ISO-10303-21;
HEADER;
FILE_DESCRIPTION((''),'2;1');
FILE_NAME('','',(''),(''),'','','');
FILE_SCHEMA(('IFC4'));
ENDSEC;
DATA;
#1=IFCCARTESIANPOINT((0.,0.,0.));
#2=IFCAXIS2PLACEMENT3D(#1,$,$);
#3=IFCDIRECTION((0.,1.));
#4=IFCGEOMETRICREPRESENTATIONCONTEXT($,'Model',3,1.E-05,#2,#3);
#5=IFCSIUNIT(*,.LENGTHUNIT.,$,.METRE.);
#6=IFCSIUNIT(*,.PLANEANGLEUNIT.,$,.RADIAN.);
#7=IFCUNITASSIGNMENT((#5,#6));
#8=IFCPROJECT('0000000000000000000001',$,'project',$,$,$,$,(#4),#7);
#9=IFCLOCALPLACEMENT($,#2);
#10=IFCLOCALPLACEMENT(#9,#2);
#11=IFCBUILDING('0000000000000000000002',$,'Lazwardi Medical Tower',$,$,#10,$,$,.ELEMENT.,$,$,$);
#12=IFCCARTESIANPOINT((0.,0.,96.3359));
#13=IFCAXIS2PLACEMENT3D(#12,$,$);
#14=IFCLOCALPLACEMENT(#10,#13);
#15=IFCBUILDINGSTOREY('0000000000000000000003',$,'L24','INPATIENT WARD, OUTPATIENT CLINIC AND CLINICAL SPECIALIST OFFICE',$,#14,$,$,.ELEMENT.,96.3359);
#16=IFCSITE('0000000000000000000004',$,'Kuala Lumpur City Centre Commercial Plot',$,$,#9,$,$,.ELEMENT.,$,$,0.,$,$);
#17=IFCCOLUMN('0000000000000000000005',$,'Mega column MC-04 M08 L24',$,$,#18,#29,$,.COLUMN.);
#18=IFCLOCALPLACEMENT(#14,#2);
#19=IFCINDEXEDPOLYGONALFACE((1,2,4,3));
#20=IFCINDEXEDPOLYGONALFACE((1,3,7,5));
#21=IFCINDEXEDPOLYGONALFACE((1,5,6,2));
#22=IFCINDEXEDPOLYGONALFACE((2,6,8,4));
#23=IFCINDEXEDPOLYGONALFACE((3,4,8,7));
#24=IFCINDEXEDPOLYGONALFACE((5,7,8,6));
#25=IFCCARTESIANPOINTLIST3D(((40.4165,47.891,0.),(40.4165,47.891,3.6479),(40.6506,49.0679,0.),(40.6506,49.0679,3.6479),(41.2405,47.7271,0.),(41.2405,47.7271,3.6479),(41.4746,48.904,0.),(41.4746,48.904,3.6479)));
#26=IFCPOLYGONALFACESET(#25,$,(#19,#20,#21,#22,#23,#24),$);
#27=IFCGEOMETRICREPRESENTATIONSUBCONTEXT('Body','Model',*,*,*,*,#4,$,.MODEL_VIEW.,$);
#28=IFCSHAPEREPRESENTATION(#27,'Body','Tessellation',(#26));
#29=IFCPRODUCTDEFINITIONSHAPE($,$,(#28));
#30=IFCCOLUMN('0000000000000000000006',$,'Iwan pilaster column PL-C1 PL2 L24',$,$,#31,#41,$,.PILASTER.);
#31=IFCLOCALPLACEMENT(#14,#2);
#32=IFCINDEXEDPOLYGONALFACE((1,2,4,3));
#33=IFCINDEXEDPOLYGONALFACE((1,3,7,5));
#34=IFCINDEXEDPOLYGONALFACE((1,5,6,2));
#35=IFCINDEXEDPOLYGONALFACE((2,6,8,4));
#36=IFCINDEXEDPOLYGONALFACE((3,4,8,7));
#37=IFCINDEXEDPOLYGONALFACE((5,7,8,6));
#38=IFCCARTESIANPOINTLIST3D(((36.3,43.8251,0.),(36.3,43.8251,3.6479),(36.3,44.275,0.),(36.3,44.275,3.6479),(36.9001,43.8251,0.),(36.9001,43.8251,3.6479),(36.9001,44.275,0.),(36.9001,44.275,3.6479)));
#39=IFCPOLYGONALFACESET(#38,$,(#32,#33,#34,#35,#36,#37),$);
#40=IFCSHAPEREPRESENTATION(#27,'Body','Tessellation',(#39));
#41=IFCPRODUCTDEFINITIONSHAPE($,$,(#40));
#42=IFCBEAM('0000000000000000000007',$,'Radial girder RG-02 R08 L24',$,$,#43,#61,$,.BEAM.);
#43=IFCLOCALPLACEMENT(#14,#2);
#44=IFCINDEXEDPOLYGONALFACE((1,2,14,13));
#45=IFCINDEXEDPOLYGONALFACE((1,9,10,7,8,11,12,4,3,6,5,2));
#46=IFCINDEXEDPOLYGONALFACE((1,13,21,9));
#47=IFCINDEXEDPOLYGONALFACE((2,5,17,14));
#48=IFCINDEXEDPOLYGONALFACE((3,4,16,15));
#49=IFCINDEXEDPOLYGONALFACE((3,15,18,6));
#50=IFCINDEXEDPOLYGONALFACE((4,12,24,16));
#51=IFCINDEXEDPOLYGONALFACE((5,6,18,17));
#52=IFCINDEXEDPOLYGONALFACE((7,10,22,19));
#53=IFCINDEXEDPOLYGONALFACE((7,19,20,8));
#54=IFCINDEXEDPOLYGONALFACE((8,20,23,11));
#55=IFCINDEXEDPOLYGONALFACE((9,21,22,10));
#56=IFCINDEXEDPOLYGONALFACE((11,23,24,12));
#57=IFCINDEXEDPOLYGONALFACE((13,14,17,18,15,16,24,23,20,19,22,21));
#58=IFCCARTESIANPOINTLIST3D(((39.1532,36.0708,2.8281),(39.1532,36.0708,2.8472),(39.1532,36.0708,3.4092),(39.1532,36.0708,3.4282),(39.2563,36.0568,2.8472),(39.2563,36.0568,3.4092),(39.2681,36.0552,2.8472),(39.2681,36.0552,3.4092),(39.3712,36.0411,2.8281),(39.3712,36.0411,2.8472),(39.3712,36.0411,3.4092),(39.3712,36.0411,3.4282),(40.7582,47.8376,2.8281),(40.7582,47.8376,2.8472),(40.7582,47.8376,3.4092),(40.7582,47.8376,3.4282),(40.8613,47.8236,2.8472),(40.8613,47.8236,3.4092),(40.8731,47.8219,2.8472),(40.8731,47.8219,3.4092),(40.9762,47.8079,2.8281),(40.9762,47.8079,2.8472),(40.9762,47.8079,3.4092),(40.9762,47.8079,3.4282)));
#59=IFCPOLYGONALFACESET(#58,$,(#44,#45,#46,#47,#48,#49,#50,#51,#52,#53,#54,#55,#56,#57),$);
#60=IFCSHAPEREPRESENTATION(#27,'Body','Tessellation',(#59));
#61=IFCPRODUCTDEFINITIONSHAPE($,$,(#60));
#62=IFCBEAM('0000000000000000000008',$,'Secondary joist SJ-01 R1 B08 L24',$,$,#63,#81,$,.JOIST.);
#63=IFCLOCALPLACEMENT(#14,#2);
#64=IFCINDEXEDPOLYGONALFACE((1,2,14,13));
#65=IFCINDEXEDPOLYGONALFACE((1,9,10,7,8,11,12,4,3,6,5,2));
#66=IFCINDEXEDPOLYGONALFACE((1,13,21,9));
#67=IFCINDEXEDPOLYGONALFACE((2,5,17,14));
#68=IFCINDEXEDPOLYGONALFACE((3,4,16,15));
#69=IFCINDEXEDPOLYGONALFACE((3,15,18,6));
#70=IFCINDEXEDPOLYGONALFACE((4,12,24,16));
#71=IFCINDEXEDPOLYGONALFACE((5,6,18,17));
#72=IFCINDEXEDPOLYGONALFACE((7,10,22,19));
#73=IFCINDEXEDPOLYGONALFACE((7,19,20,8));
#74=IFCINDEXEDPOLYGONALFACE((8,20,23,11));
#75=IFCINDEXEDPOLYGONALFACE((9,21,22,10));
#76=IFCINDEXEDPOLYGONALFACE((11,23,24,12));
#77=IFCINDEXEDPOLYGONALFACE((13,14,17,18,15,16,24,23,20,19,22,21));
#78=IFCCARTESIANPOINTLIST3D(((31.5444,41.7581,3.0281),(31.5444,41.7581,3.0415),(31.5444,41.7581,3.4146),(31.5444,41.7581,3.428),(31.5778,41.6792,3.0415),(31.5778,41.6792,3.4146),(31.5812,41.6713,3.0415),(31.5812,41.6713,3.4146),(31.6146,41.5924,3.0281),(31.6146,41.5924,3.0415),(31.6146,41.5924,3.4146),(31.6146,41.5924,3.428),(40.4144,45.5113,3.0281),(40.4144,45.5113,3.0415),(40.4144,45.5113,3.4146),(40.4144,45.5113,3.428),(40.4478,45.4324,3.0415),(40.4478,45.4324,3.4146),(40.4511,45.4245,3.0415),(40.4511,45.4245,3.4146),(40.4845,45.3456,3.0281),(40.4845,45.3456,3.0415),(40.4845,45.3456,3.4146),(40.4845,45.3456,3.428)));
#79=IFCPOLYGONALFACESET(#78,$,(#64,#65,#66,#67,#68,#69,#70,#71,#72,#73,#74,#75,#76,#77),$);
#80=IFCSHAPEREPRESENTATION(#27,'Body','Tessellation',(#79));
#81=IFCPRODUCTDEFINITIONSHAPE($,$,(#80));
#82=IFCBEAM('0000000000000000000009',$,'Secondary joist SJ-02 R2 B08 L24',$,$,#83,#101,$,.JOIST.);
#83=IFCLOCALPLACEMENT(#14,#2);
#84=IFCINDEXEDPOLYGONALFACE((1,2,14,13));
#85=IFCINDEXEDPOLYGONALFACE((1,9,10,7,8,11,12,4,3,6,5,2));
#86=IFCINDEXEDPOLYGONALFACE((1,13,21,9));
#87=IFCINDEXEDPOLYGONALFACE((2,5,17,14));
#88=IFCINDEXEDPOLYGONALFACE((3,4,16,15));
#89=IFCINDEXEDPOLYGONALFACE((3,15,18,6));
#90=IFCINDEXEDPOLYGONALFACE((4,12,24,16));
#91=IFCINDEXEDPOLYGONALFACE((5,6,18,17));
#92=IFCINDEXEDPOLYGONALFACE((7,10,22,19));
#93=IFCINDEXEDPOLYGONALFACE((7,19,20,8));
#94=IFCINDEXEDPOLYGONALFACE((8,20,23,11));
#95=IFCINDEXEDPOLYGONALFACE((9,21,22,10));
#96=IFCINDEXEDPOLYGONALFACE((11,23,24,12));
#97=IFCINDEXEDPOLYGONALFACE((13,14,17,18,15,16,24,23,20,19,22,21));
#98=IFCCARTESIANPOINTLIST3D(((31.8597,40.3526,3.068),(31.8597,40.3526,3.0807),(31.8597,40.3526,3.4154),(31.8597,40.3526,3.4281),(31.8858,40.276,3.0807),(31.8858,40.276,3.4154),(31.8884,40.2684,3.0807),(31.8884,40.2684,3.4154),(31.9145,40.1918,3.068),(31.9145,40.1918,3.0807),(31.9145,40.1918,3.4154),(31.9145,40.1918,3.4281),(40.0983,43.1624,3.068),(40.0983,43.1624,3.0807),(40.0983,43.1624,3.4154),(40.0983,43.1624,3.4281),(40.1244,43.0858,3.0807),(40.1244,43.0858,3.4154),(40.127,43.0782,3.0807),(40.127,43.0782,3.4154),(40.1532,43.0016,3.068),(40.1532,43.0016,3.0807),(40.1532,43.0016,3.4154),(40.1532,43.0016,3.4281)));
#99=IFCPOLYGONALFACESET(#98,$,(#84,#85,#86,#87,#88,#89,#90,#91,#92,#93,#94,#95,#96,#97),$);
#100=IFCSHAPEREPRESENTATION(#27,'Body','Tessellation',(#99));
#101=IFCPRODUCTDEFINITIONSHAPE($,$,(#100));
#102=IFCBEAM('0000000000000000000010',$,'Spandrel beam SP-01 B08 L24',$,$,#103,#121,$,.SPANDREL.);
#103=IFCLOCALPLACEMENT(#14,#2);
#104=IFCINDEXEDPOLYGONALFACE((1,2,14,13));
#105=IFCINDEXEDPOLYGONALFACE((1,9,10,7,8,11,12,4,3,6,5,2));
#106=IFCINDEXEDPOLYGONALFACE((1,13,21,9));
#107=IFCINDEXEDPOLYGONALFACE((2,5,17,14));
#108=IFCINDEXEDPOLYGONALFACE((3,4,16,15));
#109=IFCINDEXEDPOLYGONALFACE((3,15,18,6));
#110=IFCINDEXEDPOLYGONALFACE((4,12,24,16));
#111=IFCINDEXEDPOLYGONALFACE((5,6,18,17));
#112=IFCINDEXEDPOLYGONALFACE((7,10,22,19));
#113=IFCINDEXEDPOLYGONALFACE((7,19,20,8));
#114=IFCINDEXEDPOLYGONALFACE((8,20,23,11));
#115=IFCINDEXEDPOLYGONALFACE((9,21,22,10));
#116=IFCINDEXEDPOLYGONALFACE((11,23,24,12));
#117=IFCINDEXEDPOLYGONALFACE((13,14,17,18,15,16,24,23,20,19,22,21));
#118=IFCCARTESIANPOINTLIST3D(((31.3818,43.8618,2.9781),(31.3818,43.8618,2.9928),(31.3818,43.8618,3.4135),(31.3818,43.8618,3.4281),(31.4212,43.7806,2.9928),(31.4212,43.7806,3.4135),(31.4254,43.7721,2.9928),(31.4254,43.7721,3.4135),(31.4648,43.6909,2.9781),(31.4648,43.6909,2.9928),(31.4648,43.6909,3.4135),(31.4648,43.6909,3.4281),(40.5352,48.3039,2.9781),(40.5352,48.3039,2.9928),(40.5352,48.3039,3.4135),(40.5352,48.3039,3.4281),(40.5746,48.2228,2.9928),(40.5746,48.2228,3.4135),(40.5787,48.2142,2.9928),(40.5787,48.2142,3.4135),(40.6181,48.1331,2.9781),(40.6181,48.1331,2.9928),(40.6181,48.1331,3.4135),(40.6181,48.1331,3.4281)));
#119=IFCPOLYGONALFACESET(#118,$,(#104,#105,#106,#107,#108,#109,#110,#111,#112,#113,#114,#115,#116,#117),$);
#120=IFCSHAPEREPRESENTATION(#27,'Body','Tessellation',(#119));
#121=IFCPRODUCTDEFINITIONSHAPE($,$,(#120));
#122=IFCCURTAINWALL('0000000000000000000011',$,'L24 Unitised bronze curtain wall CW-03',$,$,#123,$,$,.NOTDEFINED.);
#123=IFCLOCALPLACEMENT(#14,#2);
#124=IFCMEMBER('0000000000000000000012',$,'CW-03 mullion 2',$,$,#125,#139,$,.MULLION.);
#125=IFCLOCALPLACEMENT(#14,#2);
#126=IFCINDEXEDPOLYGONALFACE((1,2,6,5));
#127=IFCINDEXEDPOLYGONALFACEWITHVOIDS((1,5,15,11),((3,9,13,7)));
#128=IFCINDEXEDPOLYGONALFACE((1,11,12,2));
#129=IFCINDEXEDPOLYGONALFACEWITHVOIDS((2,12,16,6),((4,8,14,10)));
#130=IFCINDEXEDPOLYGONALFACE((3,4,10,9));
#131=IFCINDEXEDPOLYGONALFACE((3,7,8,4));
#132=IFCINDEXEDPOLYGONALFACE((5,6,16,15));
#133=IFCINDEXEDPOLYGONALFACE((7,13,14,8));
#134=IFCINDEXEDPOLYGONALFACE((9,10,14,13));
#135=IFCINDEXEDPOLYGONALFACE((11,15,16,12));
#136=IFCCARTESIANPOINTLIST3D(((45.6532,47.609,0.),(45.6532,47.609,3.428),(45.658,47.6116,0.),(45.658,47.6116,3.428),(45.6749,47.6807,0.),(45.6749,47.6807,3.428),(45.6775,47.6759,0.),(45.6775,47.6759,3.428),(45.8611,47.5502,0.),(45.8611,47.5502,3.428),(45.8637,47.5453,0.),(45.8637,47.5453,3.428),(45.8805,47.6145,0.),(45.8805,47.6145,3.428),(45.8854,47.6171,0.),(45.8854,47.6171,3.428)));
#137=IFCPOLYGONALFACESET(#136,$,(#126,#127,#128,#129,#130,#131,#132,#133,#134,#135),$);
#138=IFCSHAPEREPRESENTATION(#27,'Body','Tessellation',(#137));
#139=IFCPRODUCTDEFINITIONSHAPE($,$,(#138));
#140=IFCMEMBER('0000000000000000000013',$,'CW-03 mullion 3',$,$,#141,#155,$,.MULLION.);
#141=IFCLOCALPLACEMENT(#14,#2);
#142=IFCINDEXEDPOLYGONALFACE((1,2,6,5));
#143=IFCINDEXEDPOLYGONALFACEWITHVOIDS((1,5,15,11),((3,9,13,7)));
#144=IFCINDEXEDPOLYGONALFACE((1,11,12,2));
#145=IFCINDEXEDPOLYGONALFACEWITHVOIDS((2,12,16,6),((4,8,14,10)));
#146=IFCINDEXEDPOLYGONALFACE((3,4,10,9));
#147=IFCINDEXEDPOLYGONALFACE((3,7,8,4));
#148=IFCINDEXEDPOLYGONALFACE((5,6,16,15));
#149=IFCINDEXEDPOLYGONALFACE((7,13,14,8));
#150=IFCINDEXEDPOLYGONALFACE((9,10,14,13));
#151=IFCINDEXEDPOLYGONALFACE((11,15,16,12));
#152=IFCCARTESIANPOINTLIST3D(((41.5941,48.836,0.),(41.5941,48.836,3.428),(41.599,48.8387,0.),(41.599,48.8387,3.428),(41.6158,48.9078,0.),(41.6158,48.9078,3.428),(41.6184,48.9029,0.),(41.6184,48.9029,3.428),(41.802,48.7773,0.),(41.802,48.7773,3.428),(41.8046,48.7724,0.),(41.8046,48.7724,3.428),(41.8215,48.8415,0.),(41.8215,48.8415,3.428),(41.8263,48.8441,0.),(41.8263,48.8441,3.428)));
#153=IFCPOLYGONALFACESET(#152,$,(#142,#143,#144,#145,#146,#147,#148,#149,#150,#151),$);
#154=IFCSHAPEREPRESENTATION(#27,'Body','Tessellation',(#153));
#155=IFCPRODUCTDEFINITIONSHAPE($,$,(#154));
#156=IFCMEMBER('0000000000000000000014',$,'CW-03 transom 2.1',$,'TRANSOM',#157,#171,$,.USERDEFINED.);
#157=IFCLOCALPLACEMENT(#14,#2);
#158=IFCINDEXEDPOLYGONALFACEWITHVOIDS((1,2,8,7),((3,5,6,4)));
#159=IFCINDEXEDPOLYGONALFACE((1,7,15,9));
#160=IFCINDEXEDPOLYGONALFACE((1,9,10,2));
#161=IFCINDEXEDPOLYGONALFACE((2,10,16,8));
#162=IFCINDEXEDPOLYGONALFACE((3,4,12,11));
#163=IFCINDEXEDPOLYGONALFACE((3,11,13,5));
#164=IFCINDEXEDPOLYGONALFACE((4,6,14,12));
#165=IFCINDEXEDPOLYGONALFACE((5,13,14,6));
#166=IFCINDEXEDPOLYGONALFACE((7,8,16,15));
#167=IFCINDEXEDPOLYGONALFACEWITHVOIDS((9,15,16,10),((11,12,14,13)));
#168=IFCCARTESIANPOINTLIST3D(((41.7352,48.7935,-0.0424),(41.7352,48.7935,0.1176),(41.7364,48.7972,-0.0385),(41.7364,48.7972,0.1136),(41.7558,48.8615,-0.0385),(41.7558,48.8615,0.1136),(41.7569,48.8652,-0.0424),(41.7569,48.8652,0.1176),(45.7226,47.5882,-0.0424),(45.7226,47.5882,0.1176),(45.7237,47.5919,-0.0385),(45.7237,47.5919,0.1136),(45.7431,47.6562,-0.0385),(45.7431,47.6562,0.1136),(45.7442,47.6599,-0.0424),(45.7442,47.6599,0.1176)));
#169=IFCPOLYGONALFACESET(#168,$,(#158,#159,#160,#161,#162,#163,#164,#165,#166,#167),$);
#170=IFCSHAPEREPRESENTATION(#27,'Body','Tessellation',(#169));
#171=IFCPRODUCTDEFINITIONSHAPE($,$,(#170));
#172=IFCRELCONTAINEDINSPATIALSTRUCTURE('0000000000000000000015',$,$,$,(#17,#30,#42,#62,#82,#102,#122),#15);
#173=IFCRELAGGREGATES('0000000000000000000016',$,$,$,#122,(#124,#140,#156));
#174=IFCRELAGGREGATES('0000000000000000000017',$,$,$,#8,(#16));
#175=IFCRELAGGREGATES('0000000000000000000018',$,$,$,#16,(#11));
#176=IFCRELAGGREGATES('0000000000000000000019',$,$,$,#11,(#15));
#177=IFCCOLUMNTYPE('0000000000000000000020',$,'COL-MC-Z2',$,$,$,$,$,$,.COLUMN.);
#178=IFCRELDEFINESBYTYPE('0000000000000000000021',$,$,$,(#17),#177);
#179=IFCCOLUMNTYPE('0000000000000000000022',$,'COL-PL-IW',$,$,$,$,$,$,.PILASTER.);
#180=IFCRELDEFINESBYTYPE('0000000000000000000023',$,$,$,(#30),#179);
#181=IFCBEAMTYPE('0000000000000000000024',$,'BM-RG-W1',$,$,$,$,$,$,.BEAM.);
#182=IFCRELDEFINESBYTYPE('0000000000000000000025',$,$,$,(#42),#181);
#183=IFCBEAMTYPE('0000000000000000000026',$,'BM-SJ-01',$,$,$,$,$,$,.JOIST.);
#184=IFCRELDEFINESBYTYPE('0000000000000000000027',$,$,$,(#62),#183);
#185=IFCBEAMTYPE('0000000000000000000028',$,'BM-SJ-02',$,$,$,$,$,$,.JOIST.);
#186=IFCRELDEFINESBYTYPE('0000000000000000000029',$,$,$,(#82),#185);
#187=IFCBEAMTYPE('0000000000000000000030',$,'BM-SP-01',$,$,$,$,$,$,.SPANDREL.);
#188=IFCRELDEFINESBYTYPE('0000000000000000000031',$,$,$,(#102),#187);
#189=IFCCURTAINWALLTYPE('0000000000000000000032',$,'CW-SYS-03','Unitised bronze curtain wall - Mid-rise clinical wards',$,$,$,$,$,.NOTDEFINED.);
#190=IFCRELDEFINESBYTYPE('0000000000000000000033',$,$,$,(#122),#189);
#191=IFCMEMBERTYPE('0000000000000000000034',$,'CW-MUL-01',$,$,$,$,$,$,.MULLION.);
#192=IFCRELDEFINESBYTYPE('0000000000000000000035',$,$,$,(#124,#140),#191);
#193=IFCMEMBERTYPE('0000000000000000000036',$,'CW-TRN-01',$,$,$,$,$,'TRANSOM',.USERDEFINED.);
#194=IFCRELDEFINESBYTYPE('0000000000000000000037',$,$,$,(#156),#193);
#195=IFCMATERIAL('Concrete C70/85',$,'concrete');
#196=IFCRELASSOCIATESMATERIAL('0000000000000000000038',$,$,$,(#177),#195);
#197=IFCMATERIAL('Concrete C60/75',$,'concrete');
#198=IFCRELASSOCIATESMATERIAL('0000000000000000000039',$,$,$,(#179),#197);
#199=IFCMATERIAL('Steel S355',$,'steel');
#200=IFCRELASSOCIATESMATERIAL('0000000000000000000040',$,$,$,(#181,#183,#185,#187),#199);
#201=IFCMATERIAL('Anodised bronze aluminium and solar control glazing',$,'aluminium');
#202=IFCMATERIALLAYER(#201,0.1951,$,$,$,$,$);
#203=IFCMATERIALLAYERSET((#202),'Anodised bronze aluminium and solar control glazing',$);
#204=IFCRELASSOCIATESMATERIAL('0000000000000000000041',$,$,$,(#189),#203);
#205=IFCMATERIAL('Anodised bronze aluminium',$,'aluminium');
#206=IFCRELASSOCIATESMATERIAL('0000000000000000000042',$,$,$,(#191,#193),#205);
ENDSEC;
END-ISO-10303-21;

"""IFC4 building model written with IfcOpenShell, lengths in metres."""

from ifc_helpers import new_model, si_unit, direction, frame, origin, origin_2d, place, context, subcontext, project, spatial, rectangle, hollow_rectangle, i_section, extrude, material, layer, layer_set, material_profile, profile_set, type_object, element, aggregate, save


model = new_model("IFC4")

# Units and contexts
model_context = context("Model", 3, precision=1e-05, world=origin(), true_north=direction((0.0, 1.0)))
body_context = subcontext(model_context, "Body", "Model", "MODEL_VIEW")
ifc_project = project(units=[si_unit("LENGTHUNIT", "METRE"), si_unit("PLANEANGLEUNIT", "RADIAN")], contexts=[model_context])

# Site, building, storey
site_placement = place(None, origin())
site = spatial("IfcSite", under=ifc_project, at=site_placement, Name="Kuala Lumpur City Centre Commercial Plot", CompositionType="ELEMENT", RefElevation=0.0)
building_placement = place(site_placement, origin())
building = spatial("IfcBuilding", under=site, at=building_placement, Name="Lazwardi Medical Tower", CompositionType="ELEMENT")
storey_placement = place(building_placement, frame((0.0, 0.0, 96.3359)))
storey = spatial("IfcBuildingStorey", under=building, at=storey_placement, Name="L24", Description="INPATIENT WARD, OUTPATIENT CLINIC AND CLINICAL SPECIALIST OFFICE", CompositionType="ELEMENT", Elevation=96.3359)

# Columns
ifc_material_1 = material(Name="Concrete C70/85", Category="concrete")
ifc_material_profile_1 = material_profile(ifc_material_1, rectangle(XDim=1.2, YDim=0.8401, at=origin_2d()), Name="CFT-RECT 1200x840")
ifc_profile_set_1 = profile_set([ifc_material_profile_1], Name="Concrete C70/85")
column_type_1 = type_object("IfcColumnType", Name="COL-MC-Z2", PredefinedType="COLUMN", material=ifc_profile_set_1)
column_1_placement = place(storey_placement, frame((40.9456, 48.3975, 0.0), z_axis=(0.0, 0.0, 1.0), x_axis=(0.19509, 0.980785, 0.0)))
element("IfcColumn", 1, at=column_1_placement, inside=storey, type_object=column_type_1, Name="Mega column MC-04 M08 L24", PredefinedType="COLUMN", context=body_context, shape_type="SweptSolid", body=[
    extrude(rectangle(XDim=1.2, YDim=0.8401, at=origin_2d()), origin(), (0.0, 0.0, 1.0), 3.6479),
])
ifc_material_2 = material(Name="Concrete C60/75", Category="concrete")
ifc_material_profile_2 = material_profile(ifc_material_2, rectangle(XDim=0.6001, YDim=0.45, at=origin_2d()), Name="RC 600x450")
ifc_profile_set_2 = profile_set([ifc_material_profile_2], Name="Concrete C60/75")
column_type_2 = type_object("IfcColumnType", Name="COL-PL-IW", PredefinedType="PILASTER", material=ifc_profile_set_2)
column_2_placement = place(storey_placement, frame((36.6001, 44.05, 0.0), z_axis=(0.0, 0.0, 1.0), x_axis=(1.0, 0.0, 0.0)))
element("IfcColumn", 2, at=column_2_placement, inside=storey, type_object=column_type_2, Name="Iwan pilaster column PL-C1 PL2 L24", PredefinedType="PILASTER", context=body_context, shape_type="SweptSolid", body=[
    extrude(rectangle(XDim=0.6001, YDim=0.45, at=origin_2d()), origin(), (0.0, 0.0, 1.0), 3.6479),
])

# Beams
ifc_material_3 = material(Name="Steel S355", Category="steel")
ifc_material_profile_3 = material_profile(ifc_material_3, i_section(OverallWidth=0.22, OverallDepth=0.6001, WebThickness=0.012, FlangeThickness=0.019, at=origin_2d()), Name="IPE 600")
ifc_profile_set_3 = profile_set([ifc_material_profile_3], Name="Steel S355")
beam_type_1 = type_object("IfcBeamType", Name="BM-RG-W1", PredefinedType="BEAM", material=ifc_profile_set_3)
beam_1_placement = place(storey_placement, frame((40.8672, 47.8228, 3.1282), z_axis=(-0.135147, -0.990826, 0.0), x_axis=(0.990826, -0.135147, 0.0)))
element("IfcBeam", 3, at=beam_1_placement, inside=storey, type_object=beam_type_1, Name="Radial girder RG-02 R08 L24", PredefinedType="BEAM", context=body_context, shape_type="SweptSolid", body=[
    extrude(i_section(OverallWidth=0.22, OverallDepth=0.6001, WebThickness=0.012, FlangeThickness=0.019, at=origin_2d()), origin(), (0.0, 0.0, 1.0), 11.8757),
])
ifc_material_profile_4 = material_profile(ifc_material_3, i_section(OverallWidth=0.1799, OverallDepth=0.3999, WebThickness=0.0085, FlangeThickness=0.0134, at=origin_2d()), Name="IPE 400")
ifc_profile_set_4 = profile_set([ifc_material_profile_4], Name="Steel S355")
beam_type_2 = type_object("IfcBeamType", Name="BM-SJ-01", PredefinedType="JOIST", material=ifc_profile_set_4)
beam_2_placement = place(storey_placement, frame((40.4495, 45.4285, 3.228), z_axis=(-0.920947, -0.389687, 0.0), x_axis=(0.389687, -0.920947, 0.0)))
element("IfcBeam", 4, at=beam_2_placement, inside=storey, type_object=beam_type_2, Name="Secondary joist SJ-01 R1 B08 L24", PredefinedType="JOIST", context=body_context, shape_type="SweptSolid", body=[
    extrude(i_section(OverallWidth=0.1799, OverallDepth=0.3999, WebThickness=0.0085, FlangeThickness=0.0134, at=origin_2d()), origin(), (0.0, 0.0, 1.0), 9.6313),
])
ifc_material_profile_5 = material_profile(ifc_material_3, i_section(OverallWidth=0.1699, OverallDepth=0.3601, WebThickness=0.0081, FlangeThickness=0.0127, at=origin_2d()), Name="IPE 360")
ifc_profile_set_5 = profile_set([ifc_material_profile_5], Name="Steel S355")
beam_type_3 = type_object("IfcBeamType", Name="BM-SJ-02", PredefinedType="JOIST", material=ifc_profile_set_5)
beam_3_placement = place(storey_placement, frame((40.1257, 43.082, 3.248), z_axis=(-0.946467, -0.3228, 0.0), x_axis=(0.3228, -0.946467, 0.0)))
element("IfcBeam", 5, at=beam_3_placement, inside=storey, type_object=beam_type_3, Name="Secondary joist SJ-02 R2 B08 L24", PredefinedType="JOIST", context=body_context, shape_type="SweptSolid", body=[
    extrude(i_section(OverallWidth=0.1699, OverallDepth=0.3601, WebThickness=0.0081, FlangeThickness=0.0127, at=origin_2d()), origin(), (0.0, 0.0, 1.0), 8.7046),
])
ifc_material_profile_6 = material_profile(ifc_material_3, i_section(OverallWidth=0.1899, OverallDepth=0.45, WebThickness=0.0095, FlangeThickness=0.0146, at=origin_2d()), Name="IPE 450")
ifc_profile_set_6 = profile_set([ifc_material_profile_6], Name="Steel S355")
beam_type_4 = type_object("IfcBeamType", Name="BM-SP-01", PredefinedType="SPANDREL", material=ifc_profile_set_6)
beam_4_placement = place(storey_placement, frame((40.5767, 48.2185, 3.2031), z_axis=(-0.899653, -0.436605, 0.0), x_axis=(0.436605, -0.899653, 0.0)))
element("IfcBeam", 6, at=beam_4_placement, inside=storey, type_object=beam_type_4, Name="Spandrel beam SP-01 B08 L24", PredefinedType="SPANDREL", context=body_context, shape_type="SweptSolid", body=[
    extrude(i_section(OverallWidth=0.1899, OverallDepth=0.45, WebThickness=0.0095, FlangeThickness=0.0146, at=origin_2d()), origin(), (0.0, 0.0, 1.0), 10.1743),
])

# Curtain wall, members
ifc_material_4 = material(Name="Anodised bronze aluminium and solar control glazing", Category="aluminium")
ifc_layer_1 = layer(ifc_material_4, 0.1951)
ifc_layer_set_1 = layer_set([ifc_layer_1], Name="Anodised bronze aluminium and solar control glazing")
curtain_wall_type_1 = type_object("IfcCurtainWallType", Name="CW-SYS-03", Description="Unitised bronze curtain wall - Mid-rise clinical wards", PredefinedType="NOTDEFINED", material=ifc_layer_set_1)
curtain_wall_1_placement = place(storey_placement, origin())
curtain_wall_1 = element("IfcCurtainWall", 7, at=curtain_wall_1_placement, inside=storey, type_object=curtain_wall_type_1, Name="L24 Unitised bronze curtain wall CW-03", PredefinedType="NOTDEFINED")
ifc_material_5 = material(Name="Anodised bronze aluminium", Category="aluminium")
ifc_material_profile_7 = material_profile(ifc_material_5, hollow_rectangle(XDim=0.075, YDim=0.22, WallThickness=0.0039, at=origin_2d()), Name="ALU-MULLION 220x75x4")
ifc_profile_set_7 = profile_set([ifc_material_profile_7], Name="Anodised bronze aluminium")
member_type_1 = type_object("IfcMemberType", Name="CW-MUL-01", PredefinedType="MULLION", material=ifc_profile_set_7)
member_1_placement = place(storey_placement, frame((45.7693, 47.613, 0.0), z_axis=(0.0, 0.0, 1.0), x_axis=(-0.289374, -0.957216, 0.0)))
member_1 = element("IfcMember", 8, at=member_1_placement, type_object=member_type_1, Name="CW-03 mullion 2", PredefinedType="MULLION", context=body_context, shape_type="SweptSolid", body=[
    extrude(hollow_rectangle(XDim=0.075, YDim=0.22, WallThickness=0.0039, at=origin_2d()), origin(), (0.0, 0.0, 1.0), 3.428),
])
member_2_placement = place(storey_placement, frame((41.7102, 48.8401, 0.0), z_axis=(0.0, 0.0, 1.0), x_axis=(-0.289374, -0.957216, 0.0)))
member_2 = element("IfcMember", 9, at=member_2_placement, type_object=member_type_1, Name="CW-03 mullion 3", PredefinedType="MULLION", context=body_context, shape_type="SweptSolid", body=[
    extrude(hollow_rectangle(XDim=0.075, YDim=0.22, WallThickness=0.0039, at=origin_2d()), origin(), (0.0, 0.0, 1.0), 3.428),
])
ifc_material_profile_8 = material_profile(ifc_material_5, hollow_rectangle(XDim=0.075, YDim=0.1599, WallThickness=0.0039, at=origin_2d()), Name="ALU-TRANSOM 160x75x4")
ifc_profile_set_8 = profile_set([ifc_material_profile_8], Name="Anodised bronze aluminium")
member_type_2 = type_object("IfcMemberType", Name="CW-TRN-01", ElementType="TRANSOM", PredefinedType="USERDEFINED", material=ifc_profile_set_8)
member_3_placement = place(storey_placement, frame((45.7334, 47.624, 0.0376), z_axis=(-0.957221, 0.289358, 0.0), x_axis=(-0.289358, -0.957221, 0.0)))
member_3 = element("IfcMember", 10, at=member_3_placement, type_object=member_type_2, Name="CW-03 transom 2.1", ObjectType="TRANSOM", PredefinedType="USERDEFINED", context=body_context, shape_type="SweptSolid", body=[
    extrude(hollow_rectangle(XDim=0.075, YDim=0.1599, WallThickness=0.0039, at=origin_2d()), origin(), (0.0, 0.0, 1.0), 4.1655),
])

aggregate(curtain_wall_1, [member_1, member_2, member_3])

save(model, "model.ifc")
